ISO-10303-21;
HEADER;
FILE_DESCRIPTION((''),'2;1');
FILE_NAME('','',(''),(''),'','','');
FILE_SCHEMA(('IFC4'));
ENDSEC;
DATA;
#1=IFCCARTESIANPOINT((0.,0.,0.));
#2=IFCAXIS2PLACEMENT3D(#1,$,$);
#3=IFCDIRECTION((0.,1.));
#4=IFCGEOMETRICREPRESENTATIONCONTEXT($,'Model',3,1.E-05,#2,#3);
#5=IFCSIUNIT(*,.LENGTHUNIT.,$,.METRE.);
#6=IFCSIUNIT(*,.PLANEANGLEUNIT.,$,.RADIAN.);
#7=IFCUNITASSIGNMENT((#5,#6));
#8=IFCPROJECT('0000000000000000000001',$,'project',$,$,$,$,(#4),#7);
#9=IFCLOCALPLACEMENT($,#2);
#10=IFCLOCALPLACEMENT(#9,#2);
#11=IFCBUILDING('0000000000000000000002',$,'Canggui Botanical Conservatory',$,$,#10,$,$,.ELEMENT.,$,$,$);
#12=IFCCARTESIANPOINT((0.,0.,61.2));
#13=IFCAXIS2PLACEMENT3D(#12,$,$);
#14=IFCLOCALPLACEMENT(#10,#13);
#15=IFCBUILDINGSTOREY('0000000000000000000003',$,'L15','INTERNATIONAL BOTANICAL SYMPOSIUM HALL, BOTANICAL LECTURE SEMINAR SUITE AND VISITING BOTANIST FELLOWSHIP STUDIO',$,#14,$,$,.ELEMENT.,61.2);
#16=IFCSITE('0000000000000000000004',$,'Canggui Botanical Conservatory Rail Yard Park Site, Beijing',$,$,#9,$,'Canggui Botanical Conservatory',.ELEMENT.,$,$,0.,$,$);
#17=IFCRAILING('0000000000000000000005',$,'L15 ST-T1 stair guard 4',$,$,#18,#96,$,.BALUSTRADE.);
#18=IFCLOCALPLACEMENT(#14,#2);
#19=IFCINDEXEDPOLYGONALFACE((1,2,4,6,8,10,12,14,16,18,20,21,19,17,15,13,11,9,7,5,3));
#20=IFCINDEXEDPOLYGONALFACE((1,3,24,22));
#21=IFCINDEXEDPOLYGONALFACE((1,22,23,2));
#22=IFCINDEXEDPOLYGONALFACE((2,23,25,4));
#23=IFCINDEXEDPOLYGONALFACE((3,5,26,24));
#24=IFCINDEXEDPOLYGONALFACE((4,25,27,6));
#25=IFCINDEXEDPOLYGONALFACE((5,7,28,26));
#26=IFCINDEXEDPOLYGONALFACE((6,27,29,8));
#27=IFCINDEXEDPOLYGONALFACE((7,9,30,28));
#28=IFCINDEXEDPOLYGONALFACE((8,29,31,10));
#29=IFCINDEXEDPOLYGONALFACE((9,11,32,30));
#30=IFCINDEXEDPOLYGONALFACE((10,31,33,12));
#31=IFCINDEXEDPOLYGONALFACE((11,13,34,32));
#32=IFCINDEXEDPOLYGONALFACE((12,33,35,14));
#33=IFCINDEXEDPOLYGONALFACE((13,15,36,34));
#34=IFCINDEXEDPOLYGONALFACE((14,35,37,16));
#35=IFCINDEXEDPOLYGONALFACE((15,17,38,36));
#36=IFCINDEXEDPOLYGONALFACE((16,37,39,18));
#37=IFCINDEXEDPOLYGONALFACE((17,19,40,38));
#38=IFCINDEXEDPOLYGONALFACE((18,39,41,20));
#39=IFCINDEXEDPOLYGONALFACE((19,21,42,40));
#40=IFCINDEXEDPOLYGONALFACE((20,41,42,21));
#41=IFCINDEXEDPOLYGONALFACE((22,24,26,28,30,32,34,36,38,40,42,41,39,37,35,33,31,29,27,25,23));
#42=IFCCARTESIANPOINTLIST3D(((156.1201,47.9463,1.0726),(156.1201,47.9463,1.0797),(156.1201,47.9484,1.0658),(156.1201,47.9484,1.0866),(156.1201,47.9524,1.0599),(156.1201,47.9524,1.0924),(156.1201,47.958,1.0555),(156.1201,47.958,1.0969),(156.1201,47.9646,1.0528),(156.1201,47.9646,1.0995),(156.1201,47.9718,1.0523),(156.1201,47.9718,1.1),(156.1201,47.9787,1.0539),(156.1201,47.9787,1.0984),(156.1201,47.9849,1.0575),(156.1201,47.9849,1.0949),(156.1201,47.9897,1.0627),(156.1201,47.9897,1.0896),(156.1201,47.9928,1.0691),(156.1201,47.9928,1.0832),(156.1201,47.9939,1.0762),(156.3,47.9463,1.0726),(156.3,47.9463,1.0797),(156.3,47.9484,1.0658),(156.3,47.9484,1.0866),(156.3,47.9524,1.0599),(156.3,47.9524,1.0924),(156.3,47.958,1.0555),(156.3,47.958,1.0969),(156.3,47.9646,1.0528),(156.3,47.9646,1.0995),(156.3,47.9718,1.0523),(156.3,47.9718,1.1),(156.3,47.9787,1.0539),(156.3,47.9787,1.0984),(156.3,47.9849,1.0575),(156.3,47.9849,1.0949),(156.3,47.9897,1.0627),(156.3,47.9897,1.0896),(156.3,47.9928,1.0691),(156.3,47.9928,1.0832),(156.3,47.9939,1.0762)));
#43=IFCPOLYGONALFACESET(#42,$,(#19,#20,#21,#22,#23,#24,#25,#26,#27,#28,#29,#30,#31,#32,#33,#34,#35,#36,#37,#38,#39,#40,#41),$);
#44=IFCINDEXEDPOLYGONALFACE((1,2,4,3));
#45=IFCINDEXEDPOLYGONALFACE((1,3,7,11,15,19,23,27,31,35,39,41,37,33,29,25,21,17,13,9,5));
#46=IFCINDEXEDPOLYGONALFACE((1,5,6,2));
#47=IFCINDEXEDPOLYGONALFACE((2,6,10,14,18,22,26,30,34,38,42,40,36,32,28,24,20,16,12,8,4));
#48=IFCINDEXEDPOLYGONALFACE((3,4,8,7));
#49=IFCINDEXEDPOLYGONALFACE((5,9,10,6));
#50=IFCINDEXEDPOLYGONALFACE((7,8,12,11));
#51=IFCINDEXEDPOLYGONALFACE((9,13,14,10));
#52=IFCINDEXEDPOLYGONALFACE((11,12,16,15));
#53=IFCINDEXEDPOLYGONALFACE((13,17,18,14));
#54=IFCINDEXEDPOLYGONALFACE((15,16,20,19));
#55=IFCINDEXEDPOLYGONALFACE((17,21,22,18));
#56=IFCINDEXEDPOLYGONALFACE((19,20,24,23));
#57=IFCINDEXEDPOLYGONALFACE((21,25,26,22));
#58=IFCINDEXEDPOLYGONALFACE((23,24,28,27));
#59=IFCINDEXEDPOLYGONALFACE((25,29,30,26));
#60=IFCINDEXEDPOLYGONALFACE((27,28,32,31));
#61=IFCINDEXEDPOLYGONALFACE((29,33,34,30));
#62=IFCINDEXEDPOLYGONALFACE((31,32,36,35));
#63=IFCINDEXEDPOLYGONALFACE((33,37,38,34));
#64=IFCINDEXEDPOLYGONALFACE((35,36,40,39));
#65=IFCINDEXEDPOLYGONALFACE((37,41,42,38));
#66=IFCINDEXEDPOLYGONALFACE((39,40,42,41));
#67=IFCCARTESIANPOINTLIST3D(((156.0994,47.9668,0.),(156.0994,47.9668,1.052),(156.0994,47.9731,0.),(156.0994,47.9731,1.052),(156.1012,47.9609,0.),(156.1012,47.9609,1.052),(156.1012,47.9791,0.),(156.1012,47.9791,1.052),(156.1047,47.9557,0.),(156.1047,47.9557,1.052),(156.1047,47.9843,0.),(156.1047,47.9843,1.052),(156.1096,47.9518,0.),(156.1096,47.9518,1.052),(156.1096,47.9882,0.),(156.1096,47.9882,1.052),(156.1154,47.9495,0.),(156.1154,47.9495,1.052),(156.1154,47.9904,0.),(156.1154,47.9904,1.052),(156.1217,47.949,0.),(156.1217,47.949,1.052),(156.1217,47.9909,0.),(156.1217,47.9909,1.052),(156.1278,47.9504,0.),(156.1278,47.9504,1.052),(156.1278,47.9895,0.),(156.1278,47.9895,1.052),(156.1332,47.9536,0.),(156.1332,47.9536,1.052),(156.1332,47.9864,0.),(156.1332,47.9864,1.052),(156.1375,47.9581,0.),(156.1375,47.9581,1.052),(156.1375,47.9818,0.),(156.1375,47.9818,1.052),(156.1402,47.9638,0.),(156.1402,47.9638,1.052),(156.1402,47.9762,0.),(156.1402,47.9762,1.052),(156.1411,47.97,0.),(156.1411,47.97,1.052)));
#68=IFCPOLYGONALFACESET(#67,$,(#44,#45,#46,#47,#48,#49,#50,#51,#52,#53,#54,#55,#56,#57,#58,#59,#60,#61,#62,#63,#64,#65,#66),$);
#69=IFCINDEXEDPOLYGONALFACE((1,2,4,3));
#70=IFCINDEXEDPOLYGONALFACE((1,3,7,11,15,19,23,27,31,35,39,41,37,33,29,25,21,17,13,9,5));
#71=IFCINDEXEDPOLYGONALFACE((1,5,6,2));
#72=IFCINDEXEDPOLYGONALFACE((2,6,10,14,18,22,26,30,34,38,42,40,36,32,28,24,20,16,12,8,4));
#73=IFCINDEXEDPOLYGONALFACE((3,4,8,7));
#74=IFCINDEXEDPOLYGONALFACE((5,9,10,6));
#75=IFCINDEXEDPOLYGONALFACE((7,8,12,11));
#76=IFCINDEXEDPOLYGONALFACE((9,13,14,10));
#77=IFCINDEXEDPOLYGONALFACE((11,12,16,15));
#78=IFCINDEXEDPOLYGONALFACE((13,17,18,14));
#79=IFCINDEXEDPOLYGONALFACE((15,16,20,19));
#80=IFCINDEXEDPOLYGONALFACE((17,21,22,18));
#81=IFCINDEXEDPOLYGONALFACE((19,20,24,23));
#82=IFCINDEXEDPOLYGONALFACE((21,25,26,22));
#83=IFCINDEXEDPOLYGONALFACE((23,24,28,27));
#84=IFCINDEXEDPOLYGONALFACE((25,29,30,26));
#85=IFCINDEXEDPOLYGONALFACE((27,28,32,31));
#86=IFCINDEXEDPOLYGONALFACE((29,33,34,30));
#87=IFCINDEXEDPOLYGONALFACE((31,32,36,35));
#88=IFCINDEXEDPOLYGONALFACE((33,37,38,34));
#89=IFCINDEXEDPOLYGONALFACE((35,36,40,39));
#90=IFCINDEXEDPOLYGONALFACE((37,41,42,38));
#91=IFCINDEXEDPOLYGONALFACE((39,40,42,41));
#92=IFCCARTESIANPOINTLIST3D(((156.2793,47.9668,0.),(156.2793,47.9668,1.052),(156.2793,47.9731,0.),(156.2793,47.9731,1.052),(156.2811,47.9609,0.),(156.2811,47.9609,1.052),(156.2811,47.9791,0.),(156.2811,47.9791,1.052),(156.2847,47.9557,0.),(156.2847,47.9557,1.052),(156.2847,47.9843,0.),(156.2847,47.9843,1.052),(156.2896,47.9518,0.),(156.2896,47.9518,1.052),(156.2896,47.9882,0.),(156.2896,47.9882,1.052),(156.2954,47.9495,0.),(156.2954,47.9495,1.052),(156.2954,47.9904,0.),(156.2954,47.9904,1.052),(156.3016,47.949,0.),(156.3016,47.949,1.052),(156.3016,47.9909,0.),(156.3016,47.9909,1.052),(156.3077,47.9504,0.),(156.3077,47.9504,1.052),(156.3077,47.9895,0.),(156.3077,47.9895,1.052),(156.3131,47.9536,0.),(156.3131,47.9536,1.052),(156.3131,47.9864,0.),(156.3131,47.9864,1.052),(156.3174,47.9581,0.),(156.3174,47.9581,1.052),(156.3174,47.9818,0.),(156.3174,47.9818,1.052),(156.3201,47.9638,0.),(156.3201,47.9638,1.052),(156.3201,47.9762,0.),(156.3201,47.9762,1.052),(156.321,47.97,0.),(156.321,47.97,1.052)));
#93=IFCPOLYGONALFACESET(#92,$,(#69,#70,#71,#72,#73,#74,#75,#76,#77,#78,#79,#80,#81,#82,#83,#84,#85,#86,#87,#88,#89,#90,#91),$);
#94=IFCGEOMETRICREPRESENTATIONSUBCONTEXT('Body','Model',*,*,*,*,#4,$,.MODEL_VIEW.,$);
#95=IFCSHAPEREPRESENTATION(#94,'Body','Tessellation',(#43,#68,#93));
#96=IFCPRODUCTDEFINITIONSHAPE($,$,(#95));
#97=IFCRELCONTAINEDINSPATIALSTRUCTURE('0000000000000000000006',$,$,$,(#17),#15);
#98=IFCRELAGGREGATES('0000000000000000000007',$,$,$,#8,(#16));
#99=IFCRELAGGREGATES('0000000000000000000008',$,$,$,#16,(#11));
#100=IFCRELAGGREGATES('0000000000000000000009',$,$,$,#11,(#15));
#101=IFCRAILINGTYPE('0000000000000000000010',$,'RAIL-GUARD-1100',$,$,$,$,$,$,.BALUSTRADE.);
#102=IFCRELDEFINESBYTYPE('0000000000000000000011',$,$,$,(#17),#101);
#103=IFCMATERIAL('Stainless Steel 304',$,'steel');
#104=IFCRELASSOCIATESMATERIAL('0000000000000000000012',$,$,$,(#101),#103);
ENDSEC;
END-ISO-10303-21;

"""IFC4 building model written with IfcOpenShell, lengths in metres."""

from ifc_helpers import new_model, si_unit, direction, frame, origin, origin_2d, place, context, subcontext, project, spatial, circle, extrude, material, type_object, element, save


model = new_model("IFC4")

# Units and contexts
model_context = context("Model", 3, precision=1e-05, world=origin(), true_north=direction((0.0, 1.0)))
body_context = subcontext(model_context, "Body", "Model", "MODEL_VIEW")
ifc_project = project(units=[si_unit("LENGTHUNIT", "METRE"), si_unit("PLANEANGLEUNIT", "RADIAN")], contexts=[model_context])

# Site, building, storey
site_placement = place(None, origin())
site = spatial("IfcSite", under=ifc_project, at=site_placement, Name="Canggui Botanical Conservatory Rail Yard Park Site, Beijing", LongName="Canggui Botanical Conservatory", CompositionType="ELEMENT", RefElevation=0.0)
building_placement = place(site_placement, origin())
building = spatial("IfcBuilding", under=site, at=building_placement, Name="Canggui Botanical Conservatory", CompositionType="ELEMENT")
storey_placement = place(building_placement, frame((0.0, 0.0, 61.2)))
storey = spatial("IfcBuildingStorey", under=building, at=storey_placement, Name="L15", Description="INTERNATIONAL BOTANICAL SYMPOSIUM HALL, BOTANICAL LECTURE SEMINAR SUITE AND VISITING BOTANIST FELLOWSHIP STUDIO", CompositionType="ELEMENT", Elevation=61.2)

# Railing
ifc_material_1 = material(Name="Stainless Steel 304", Category="steel")
railing_type_1 = type_object("IfcRailingType", Name="RAIL-GUARD-1100", PredefinedType="BALUSTRADE", material=ifc_material_1)
railing_1_placement = place(storey_placement, frame((156.1201, 47.97, 0.0)))
element("IfcRailing", 1, at=railing_1_placement, inside=storey, type_object=railing_type_1, Name="L15 ST-T1 stair guard 4", PredefinedType="BALUSTRADE", context=body_context, shape_type="SweptSolid", body=[
    extrude(circle(Radius=0.0239, at=origin_2d()), frame((0.0, 0.0, 1.0762), z_axis=(1.0, 0.0, 0.0), x_axis=(0.0, 1.0, 0.0)), (0.0, 0.0, 1.0), 0.1799),
    extrude(circle(Radius=0.021, at=origin_2d()), origin(), (0.0, 0.0, 1.0), 1.052),
    extrude(circle(Radius=0.021, at=origin_2d()), frame((0.1799, 0.0, 0.0)), (0.0, 0.0, 1.0), 1.052),
])

save(model, "model.ifc")
